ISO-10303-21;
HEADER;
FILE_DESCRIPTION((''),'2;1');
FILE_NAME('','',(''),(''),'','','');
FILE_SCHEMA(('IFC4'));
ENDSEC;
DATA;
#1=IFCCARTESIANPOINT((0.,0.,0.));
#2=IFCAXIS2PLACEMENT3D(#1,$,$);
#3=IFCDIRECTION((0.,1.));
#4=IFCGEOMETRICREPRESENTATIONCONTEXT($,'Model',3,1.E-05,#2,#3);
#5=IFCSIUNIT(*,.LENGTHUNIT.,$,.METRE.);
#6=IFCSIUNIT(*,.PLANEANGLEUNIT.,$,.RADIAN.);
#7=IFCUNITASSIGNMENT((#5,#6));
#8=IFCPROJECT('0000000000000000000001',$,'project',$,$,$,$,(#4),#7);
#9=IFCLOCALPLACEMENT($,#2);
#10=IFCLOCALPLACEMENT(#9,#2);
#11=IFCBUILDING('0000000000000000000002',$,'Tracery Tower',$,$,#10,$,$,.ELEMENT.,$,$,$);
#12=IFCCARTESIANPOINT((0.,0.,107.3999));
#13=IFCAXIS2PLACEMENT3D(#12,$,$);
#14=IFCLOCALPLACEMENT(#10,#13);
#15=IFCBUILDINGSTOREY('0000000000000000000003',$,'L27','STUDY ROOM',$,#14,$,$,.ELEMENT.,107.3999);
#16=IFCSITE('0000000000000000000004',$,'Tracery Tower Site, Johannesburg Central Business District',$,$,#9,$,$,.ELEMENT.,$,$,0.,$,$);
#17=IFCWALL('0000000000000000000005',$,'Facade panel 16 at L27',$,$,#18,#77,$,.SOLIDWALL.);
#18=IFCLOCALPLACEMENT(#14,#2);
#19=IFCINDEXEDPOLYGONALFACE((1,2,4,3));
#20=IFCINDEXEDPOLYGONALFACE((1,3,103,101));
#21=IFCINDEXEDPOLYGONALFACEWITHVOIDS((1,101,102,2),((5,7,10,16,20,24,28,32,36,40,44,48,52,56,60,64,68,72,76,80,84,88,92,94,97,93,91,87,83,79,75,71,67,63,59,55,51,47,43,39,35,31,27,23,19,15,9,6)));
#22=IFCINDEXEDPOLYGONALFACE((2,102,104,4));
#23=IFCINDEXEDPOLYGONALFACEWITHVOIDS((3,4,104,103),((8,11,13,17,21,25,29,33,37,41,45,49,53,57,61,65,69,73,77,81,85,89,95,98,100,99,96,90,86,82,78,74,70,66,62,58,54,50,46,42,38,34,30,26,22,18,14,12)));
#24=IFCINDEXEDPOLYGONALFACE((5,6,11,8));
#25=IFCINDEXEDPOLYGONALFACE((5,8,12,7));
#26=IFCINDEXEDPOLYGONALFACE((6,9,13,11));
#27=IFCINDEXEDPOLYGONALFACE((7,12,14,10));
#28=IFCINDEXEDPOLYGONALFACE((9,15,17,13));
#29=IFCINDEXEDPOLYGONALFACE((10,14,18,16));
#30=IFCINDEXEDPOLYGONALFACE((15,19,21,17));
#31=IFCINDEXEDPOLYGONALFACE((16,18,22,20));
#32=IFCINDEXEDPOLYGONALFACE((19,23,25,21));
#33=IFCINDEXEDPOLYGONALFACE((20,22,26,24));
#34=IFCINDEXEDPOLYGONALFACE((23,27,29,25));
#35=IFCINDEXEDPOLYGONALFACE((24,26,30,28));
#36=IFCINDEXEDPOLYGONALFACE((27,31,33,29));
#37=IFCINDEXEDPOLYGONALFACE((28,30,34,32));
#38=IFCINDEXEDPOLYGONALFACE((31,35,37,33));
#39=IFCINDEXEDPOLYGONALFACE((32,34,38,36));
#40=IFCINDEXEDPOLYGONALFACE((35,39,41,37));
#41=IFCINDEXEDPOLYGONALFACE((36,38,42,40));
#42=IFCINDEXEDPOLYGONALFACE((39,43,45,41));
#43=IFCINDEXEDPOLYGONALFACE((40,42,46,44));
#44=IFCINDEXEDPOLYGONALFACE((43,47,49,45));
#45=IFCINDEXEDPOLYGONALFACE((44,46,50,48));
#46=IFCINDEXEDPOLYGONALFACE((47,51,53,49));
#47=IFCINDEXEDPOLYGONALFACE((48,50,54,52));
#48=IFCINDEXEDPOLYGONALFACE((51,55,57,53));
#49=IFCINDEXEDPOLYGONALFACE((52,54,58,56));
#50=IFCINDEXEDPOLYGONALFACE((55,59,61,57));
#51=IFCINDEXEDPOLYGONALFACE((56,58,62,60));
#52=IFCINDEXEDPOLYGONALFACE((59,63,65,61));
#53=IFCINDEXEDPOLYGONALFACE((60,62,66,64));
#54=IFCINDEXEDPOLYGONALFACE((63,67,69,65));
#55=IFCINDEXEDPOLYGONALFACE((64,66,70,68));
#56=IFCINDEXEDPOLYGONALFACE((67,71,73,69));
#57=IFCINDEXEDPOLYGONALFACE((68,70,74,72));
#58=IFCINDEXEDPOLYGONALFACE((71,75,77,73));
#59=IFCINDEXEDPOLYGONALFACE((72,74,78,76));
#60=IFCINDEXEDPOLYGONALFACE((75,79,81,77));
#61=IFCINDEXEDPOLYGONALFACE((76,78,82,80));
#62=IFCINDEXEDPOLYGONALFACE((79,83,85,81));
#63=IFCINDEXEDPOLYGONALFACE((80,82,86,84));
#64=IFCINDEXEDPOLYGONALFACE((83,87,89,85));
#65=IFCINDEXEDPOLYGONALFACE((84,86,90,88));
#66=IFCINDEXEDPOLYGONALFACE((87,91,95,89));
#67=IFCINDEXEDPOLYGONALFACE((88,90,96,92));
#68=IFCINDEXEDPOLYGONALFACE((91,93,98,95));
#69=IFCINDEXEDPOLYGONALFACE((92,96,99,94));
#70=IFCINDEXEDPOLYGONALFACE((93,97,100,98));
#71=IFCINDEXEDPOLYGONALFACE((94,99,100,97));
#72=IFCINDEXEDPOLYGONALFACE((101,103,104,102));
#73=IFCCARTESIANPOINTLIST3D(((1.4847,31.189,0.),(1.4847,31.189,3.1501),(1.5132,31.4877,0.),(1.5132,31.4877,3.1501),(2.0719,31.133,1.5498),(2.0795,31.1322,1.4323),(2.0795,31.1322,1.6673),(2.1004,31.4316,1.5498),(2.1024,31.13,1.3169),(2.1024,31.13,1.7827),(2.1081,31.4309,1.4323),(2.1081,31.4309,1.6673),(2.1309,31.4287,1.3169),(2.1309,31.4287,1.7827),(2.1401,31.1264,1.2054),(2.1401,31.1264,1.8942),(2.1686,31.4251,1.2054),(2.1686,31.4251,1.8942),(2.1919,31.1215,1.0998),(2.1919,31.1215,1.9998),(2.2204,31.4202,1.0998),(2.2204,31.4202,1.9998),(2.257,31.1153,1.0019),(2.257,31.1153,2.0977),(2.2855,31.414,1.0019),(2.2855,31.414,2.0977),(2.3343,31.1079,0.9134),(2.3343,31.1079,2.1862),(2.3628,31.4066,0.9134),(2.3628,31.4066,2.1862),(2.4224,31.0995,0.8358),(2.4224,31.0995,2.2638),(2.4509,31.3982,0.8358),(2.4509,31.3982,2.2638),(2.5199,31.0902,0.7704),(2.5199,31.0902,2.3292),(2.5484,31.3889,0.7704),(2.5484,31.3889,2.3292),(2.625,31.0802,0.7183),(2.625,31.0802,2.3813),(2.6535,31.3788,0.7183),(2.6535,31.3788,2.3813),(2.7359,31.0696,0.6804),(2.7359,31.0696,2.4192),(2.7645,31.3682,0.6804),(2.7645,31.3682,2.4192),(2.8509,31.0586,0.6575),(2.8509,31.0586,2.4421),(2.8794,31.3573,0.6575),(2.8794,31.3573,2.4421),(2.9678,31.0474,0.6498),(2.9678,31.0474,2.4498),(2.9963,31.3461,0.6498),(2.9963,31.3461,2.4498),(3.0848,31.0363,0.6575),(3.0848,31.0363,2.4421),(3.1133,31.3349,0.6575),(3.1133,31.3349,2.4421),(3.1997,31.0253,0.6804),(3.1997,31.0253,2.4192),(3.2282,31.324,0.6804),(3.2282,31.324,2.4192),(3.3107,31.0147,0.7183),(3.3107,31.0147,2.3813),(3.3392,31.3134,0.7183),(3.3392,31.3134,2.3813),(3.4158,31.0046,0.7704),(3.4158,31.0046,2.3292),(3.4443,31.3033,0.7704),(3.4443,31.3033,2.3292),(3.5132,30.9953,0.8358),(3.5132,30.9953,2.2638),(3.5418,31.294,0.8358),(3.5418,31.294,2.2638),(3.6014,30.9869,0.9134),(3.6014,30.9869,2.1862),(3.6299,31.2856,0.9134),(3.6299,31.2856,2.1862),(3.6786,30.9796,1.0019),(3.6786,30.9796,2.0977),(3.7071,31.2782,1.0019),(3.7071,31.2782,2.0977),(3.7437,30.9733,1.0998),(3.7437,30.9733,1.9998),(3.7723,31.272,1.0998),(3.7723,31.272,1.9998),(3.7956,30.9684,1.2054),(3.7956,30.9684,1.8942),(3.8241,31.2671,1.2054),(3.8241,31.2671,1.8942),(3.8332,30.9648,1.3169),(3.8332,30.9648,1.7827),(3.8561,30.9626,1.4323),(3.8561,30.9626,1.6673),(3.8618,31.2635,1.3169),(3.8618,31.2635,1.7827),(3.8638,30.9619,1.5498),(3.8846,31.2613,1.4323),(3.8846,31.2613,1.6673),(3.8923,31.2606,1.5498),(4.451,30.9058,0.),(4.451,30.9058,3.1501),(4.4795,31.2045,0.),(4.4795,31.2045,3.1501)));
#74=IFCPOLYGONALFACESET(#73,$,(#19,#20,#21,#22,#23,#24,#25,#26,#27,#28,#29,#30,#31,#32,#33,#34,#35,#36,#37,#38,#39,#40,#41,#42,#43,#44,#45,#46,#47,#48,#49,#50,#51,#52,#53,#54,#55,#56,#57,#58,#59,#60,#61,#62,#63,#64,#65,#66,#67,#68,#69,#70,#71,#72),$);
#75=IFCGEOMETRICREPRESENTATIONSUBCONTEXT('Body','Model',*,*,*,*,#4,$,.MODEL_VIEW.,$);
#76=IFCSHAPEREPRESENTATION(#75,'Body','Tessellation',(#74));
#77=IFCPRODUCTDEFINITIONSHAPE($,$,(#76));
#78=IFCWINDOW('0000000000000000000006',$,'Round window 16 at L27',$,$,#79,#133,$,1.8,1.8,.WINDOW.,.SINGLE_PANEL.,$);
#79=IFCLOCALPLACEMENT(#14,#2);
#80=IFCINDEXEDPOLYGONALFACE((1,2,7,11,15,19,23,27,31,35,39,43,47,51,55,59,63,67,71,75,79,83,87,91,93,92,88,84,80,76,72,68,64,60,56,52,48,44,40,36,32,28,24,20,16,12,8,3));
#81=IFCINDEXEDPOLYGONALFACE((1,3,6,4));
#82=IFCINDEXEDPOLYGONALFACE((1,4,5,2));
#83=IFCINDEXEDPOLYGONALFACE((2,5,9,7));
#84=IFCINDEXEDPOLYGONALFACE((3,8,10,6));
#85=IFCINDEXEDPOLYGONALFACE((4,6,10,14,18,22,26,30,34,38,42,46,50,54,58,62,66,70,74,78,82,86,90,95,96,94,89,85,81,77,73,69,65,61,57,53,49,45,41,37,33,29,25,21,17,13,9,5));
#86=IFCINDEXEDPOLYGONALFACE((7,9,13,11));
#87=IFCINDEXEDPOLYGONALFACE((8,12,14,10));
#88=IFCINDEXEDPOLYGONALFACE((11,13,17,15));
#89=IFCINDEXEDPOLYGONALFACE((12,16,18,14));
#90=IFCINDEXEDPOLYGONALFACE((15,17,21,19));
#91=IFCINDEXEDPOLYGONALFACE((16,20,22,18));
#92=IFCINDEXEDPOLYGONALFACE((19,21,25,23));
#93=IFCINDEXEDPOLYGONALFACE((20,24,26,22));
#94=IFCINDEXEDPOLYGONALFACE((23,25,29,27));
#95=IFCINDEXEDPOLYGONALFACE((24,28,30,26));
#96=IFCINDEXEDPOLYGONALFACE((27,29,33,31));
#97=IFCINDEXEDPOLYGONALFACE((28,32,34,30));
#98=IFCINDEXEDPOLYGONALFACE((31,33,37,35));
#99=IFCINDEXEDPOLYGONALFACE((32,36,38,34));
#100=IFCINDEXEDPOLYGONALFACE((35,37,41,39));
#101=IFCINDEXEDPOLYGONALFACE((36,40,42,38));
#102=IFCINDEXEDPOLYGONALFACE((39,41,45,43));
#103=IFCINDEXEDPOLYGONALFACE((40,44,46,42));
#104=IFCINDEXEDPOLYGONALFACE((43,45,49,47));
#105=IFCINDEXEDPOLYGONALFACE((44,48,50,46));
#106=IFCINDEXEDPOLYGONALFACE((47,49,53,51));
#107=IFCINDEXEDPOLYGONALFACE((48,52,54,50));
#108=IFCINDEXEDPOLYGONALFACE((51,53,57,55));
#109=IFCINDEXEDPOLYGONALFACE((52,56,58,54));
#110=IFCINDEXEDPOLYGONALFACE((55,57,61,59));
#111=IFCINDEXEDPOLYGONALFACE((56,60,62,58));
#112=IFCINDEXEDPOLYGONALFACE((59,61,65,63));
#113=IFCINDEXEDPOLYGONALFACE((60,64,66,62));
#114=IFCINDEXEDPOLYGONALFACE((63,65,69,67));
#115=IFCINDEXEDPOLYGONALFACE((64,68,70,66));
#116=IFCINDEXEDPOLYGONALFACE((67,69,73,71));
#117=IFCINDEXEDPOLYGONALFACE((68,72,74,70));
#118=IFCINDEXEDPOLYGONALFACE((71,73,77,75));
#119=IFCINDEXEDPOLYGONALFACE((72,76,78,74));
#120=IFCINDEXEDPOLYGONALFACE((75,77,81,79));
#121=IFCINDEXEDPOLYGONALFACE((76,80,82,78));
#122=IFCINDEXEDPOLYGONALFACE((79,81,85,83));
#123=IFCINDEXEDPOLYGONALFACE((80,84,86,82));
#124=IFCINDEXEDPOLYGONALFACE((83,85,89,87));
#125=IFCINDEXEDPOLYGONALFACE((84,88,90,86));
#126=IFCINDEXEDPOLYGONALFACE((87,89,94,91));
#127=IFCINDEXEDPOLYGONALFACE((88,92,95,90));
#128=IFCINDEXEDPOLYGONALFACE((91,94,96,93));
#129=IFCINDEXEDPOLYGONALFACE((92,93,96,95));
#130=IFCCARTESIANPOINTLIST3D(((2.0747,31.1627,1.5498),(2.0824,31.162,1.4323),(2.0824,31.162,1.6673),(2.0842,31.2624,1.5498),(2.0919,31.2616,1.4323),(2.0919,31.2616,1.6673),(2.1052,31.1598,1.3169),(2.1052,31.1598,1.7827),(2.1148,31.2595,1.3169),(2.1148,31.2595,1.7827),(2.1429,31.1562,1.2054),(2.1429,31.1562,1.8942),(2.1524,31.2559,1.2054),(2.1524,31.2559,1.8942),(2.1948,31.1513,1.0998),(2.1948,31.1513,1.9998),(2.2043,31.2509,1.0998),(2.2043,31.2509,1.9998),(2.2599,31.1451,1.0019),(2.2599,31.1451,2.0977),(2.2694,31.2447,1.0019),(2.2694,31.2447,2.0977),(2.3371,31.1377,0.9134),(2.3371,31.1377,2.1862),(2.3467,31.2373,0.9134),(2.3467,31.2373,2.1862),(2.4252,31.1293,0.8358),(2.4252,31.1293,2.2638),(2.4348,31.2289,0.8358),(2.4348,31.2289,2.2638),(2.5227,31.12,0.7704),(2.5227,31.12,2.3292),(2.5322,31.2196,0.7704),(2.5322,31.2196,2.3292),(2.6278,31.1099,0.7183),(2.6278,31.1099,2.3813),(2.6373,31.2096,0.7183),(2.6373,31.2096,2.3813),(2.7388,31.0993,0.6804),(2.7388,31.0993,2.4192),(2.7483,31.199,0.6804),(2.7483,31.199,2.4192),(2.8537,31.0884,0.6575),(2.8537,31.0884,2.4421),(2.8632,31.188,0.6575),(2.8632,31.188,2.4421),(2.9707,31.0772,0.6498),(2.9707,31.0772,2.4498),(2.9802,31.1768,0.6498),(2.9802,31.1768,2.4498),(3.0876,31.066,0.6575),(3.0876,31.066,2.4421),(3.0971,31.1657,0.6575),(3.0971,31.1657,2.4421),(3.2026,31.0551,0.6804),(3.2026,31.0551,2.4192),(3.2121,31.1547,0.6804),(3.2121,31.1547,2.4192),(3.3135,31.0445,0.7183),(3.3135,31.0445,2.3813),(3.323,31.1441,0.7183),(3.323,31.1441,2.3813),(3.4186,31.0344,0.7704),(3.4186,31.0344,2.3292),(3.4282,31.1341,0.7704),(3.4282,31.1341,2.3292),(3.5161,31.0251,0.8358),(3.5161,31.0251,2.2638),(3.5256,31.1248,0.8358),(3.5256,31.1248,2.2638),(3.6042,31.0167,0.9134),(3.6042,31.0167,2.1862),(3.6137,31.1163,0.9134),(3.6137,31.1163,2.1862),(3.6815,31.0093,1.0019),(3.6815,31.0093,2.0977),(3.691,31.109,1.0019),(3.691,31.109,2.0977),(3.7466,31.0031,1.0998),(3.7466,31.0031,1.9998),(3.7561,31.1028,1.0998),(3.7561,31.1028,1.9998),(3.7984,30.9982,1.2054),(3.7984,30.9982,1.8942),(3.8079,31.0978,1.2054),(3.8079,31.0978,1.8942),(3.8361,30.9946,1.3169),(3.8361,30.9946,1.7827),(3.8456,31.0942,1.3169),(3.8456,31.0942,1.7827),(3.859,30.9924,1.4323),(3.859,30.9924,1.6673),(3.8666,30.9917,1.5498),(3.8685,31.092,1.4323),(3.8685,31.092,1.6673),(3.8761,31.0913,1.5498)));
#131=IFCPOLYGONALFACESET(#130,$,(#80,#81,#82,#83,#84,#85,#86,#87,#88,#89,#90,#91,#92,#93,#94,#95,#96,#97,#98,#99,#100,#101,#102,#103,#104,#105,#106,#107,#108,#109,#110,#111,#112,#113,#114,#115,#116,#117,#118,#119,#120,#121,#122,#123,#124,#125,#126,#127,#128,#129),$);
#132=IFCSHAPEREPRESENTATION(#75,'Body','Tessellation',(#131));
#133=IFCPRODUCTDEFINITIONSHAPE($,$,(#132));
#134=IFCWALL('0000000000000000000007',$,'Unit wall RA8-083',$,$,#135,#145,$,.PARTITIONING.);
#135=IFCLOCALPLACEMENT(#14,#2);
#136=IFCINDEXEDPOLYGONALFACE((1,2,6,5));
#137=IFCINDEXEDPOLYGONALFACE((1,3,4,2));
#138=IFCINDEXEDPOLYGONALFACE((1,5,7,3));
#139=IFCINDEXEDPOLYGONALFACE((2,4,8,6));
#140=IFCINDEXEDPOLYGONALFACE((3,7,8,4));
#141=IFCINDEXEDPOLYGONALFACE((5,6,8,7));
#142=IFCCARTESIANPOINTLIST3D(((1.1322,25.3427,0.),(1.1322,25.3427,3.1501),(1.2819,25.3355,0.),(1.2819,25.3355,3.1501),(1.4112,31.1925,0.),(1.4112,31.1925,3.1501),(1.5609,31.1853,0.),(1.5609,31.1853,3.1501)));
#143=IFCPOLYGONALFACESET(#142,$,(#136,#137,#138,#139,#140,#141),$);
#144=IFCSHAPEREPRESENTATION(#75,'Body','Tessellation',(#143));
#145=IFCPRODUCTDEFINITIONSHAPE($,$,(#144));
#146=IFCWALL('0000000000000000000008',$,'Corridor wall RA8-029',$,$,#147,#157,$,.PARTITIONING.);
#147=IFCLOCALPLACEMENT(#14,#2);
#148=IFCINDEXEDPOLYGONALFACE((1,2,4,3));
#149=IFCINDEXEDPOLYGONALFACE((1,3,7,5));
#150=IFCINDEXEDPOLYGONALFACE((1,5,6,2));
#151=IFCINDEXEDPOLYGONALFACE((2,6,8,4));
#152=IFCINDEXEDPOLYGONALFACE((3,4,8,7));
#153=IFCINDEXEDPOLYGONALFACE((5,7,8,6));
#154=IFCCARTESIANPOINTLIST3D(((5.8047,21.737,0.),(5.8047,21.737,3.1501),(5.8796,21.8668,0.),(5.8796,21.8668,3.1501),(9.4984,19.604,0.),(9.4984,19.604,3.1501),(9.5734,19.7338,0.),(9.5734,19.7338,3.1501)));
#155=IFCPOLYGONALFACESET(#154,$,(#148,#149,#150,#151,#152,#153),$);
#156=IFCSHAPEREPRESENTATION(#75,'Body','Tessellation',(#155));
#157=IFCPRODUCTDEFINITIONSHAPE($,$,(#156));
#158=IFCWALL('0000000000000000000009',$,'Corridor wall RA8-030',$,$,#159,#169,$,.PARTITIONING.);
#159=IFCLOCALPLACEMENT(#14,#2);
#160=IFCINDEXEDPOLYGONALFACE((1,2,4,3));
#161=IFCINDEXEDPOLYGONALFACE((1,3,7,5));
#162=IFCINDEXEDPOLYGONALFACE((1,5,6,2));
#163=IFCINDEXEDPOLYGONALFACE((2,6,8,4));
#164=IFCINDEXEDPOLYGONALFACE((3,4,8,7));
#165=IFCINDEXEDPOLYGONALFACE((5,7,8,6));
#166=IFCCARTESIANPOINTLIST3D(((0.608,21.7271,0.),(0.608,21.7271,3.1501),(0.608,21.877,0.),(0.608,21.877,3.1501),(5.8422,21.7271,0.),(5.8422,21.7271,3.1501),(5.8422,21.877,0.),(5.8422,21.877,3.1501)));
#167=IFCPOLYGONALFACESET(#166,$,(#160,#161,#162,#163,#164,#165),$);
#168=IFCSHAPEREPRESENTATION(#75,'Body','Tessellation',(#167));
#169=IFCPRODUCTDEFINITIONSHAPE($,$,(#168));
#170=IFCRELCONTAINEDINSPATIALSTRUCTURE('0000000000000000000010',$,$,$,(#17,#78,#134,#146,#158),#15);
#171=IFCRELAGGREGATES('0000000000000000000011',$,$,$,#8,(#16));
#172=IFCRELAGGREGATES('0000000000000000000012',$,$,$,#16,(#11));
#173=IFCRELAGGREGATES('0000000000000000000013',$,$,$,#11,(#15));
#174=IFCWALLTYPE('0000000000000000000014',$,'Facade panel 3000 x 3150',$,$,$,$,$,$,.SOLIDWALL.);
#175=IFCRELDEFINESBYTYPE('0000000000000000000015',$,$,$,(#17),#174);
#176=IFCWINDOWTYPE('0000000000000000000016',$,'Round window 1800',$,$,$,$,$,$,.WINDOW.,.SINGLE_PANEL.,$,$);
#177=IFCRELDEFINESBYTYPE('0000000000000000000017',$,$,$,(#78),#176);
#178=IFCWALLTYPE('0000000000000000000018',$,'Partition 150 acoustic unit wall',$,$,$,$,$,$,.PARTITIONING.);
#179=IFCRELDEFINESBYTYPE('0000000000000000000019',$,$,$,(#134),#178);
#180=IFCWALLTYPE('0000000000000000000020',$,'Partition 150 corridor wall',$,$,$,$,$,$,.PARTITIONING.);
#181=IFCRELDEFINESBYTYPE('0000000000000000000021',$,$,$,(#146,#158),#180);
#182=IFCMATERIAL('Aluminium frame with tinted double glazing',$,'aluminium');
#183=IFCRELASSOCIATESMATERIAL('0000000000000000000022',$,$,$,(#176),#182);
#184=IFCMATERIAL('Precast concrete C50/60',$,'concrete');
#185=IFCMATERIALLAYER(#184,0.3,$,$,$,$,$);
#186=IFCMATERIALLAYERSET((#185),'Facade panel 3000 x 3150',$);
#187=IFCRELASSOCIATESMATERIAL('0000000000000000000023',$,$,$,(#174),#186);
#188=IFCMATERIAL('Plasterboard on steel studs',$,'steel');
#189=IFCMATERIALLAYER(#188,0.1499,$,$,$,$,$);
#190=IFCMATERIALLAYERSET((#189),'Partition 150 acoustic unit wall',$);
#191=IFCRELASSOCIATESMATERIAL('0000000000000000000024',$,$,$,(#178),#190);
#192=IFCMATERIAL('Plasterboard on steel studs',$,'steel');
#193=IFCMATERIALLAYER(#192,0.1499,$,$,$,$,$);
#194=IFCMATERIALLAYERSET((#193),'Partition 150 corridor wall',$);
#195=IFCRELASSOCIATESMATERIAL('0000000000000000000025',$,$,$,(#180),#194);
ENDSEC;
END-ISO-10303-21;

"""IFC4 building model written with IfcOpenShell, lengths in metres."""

from ifc_helpers import new_model, si_unit, direction, frame, frame_2d, origin, origin_2d, place, context, subcontext, project, spatial, rectangle, circle, extrude, material, layer, layer_set, type_object, element, fill, save


model = new_model("IFC4")

# Units and contexts
model_context = context("Model", 3, precision=1e-05, world=origin(), true_north=direction((0.0, 1.0)))
body_context = subcontext(model_context, "Body", "Model", "MODEL_VIEW")
ifc_project = project(units=[si_unit("LENGTHUNIT", "METRE"), si_unit("PLANEANGLEUNIT", "RADIAN")], contexts=[model_context])

# Site, building, storey
site_placement = place(None, origin())
site = spatial("IfcSite", under=ifc_project, at=site_placement, Name="Tracery Tower Site, Johannesburg Central Business District", CompositionType="ELEMENT", RefElevation=0.0)
building_placement = place(site_placement, origin())
building = spatial("IfcBuilding", under=site, at=building_placement, Name="Tracery Tower", CompositionType="ELEMENT")
storey_placement = place(building_placement, frame((0.0, 0.0, 107.3999)))
storey = spatial("IfcBuildingStorey", under=building, at=storey_placement, Name="L27", Description="STUDY ROOM", CompositionType="ELEMENT", Elevation=107.3999)

# Wall, opening, window
ifc_material_1 = material(Name="Aluminium frame with tinted double glazing", Category="aluminium")
window_type = type_object("IfcWindowType", Name="Round window 1800", PartitioningType="SINGLE_PANEL", PredefinedType="WINDOW", material=ifc_material_1)
ifc_material_2 = material(Name="Precast concrete C50/60", Category="concrete")
ifc_layer_1 = layer(ifc_material_2, 0.3)
ifc_layer_set_1 = layer_set([ifc_layer_1], Name="Facade panel 3000 x 3150")
wall_type_1 = type_object("IfcWallType", Name="Facade panel 3000 x 3150", PredefinedType="SOLIDWALL", material=ifc_layer_set_1)
wall_1_placement = place(storey_placement, frame((4.4651, 31.0552, 0.0), z_axis=(0.0, 0.0, 1.0), x_axis=(-0.995473, 0.095041, 0.0)))
wall_1 = element("IfcWall", 1, at=wall_1_placement, inside=storey, type_object=wall_type_1, Name="Facade panel 16 at L27", PredefinedType="SOLIDWALL", context=body_context, shape_type="SweptSolid", body=[
    extrude(rectangle(XDim=2.9797, YDim=0.3, at=frame_2d((1.4897, 0.0))), origin(), (0.0, 0.0, 1.0), 3.1501),
])
opening_1_placement = place(wall_1_placement, frame((1.4897, 0.0, 1.5498)))
opening_1 = element("IfcOpeningElement", 2, at=opening_1_placement, cuts=wall_1, PredefinedType="OPENING", context=body_context, shape_type="SweptSolid", body=[
    extrude(circle(Radius=0.9, at=origin_2d()), frame((0.0, 0.1599, 0.0), z_axis=(0.0, -1.0, 0.0), x_axis=(1.0, 0.0, 0.0)), (0.0, 0.0, 1.0), 0.3201),
])
window_1_placement = place(opening_1_placement, origin())
window_1 = element("IfcWindow", 3, at=window_1_placement, inside=storey, type_object=window_type, Name="Round window 16 at L27", OverallHeight=1.8, OverallWidth=1.8, PartitioningType="SINGLE_PANEL", PredefinedType="WINDOW", context=body_context, shape_type="SweptSolid", body=[
    extrude(circle(Radius=0.9, at=origin_2d()), frame((0.0, 0.1201, 0.0), z_axis=(0.0, -1.0, 0.0), x_axis=(1.0, 0.0, 0.0)), (0.0, 0.0, 1.0), 0.1001),
])
fill(opening_1, window_1)

# Walls
ifc_material_3 = material(Name="Plasterboard on steel studs", Category="steel")
ifc_layer_2 = layer(ifc_material_3, 0.1499)
ifc_layer_set_2 = layer_set([ifc_layer_2], Name="Partition 150 acoustic unit wall")
wall_type_2 = type_object("IfcWallType", Name="Partition 150 acoustic unit wall", PredefinedType="PARTITIONING", material=ifc_layer_set_2)
wall_2_placement = place(storey_placement, frame((1.207, 25.3391, 0.0), z_axis=(0.0, 0.0, 1.0), x_axis=(0.047648, 0.998864, 0.0)))
element("IfcWall", 4, at=wall_2_placement, inside=storey, type_object=wall_type_2, Name="Unit wall RA8-083", PredefinedType="PARTITIONING", context=body_context, shape_type="SweptSolid", body=[
    extrude(rectangle(XDim=5.8564, YDim=0.1499, at=frame_2d((2.9282, 0.0))), origin(), (0.0, 0.0, 1.0), 3.1501),
])
ifc_material_4 = material(Name="Plasterboard on steel studs", Category="steel")
ifc_layer_3 = layer(ifc_material_4, 0.1499)
ifc_layer_set_3 = layer_set([ifc_layer_3], Name="Partition 150 corridor wall")
wall_type_3 = type_object("IfcWallType", Name="Partition 150 corridor wall", PredefinedType="PARTITIONING", material=ifc_layer_set_3)
wall_3_placement = place(storey_placement, frame((5.842, 21.802, 0.0), z_axis=(0.0, 0.0, 1.0), x_axis=(0.865984, -0.500073, 0.0)))
element("IfcWall", 5, at=wall_3_placement, inside=storey, type_object=wall_type_3, Name="Corridor wall RA8-029", PredefinedType="PARTITIONING", context=body_context, shape_type="SweptSolid", body=[
    extrude(rectangle(XDim=4.2654, YDim=0.1499, at=frame_2d((2.1328, 0.0))), origin(), (0.0, 0.0, 1.0), 3.1501),
])
wall_4_placement = place(storey_placement, frame((0.6079, 21.802, 0.0), z_axis=(0.0, 0.0, 1.0), x_axis=(1.0, 0.0, 0.0)))
element("IfcWall", 6, at=wall_4_placement, inside=storey, type_object=wall_type_3, Name="Corridor wall RA8-030", PredefinedType="PARTITIONING", context=body_context, shape_type="SweptSolid", body=[
    extrude(rectangle(XDim=5.2341, YDim=0.1499, at=frame_2d((2.6172, 0.0))), origin(), (0.0, 0.0, 1.0), 3.1501),
])

save(model, "model.ifc")
